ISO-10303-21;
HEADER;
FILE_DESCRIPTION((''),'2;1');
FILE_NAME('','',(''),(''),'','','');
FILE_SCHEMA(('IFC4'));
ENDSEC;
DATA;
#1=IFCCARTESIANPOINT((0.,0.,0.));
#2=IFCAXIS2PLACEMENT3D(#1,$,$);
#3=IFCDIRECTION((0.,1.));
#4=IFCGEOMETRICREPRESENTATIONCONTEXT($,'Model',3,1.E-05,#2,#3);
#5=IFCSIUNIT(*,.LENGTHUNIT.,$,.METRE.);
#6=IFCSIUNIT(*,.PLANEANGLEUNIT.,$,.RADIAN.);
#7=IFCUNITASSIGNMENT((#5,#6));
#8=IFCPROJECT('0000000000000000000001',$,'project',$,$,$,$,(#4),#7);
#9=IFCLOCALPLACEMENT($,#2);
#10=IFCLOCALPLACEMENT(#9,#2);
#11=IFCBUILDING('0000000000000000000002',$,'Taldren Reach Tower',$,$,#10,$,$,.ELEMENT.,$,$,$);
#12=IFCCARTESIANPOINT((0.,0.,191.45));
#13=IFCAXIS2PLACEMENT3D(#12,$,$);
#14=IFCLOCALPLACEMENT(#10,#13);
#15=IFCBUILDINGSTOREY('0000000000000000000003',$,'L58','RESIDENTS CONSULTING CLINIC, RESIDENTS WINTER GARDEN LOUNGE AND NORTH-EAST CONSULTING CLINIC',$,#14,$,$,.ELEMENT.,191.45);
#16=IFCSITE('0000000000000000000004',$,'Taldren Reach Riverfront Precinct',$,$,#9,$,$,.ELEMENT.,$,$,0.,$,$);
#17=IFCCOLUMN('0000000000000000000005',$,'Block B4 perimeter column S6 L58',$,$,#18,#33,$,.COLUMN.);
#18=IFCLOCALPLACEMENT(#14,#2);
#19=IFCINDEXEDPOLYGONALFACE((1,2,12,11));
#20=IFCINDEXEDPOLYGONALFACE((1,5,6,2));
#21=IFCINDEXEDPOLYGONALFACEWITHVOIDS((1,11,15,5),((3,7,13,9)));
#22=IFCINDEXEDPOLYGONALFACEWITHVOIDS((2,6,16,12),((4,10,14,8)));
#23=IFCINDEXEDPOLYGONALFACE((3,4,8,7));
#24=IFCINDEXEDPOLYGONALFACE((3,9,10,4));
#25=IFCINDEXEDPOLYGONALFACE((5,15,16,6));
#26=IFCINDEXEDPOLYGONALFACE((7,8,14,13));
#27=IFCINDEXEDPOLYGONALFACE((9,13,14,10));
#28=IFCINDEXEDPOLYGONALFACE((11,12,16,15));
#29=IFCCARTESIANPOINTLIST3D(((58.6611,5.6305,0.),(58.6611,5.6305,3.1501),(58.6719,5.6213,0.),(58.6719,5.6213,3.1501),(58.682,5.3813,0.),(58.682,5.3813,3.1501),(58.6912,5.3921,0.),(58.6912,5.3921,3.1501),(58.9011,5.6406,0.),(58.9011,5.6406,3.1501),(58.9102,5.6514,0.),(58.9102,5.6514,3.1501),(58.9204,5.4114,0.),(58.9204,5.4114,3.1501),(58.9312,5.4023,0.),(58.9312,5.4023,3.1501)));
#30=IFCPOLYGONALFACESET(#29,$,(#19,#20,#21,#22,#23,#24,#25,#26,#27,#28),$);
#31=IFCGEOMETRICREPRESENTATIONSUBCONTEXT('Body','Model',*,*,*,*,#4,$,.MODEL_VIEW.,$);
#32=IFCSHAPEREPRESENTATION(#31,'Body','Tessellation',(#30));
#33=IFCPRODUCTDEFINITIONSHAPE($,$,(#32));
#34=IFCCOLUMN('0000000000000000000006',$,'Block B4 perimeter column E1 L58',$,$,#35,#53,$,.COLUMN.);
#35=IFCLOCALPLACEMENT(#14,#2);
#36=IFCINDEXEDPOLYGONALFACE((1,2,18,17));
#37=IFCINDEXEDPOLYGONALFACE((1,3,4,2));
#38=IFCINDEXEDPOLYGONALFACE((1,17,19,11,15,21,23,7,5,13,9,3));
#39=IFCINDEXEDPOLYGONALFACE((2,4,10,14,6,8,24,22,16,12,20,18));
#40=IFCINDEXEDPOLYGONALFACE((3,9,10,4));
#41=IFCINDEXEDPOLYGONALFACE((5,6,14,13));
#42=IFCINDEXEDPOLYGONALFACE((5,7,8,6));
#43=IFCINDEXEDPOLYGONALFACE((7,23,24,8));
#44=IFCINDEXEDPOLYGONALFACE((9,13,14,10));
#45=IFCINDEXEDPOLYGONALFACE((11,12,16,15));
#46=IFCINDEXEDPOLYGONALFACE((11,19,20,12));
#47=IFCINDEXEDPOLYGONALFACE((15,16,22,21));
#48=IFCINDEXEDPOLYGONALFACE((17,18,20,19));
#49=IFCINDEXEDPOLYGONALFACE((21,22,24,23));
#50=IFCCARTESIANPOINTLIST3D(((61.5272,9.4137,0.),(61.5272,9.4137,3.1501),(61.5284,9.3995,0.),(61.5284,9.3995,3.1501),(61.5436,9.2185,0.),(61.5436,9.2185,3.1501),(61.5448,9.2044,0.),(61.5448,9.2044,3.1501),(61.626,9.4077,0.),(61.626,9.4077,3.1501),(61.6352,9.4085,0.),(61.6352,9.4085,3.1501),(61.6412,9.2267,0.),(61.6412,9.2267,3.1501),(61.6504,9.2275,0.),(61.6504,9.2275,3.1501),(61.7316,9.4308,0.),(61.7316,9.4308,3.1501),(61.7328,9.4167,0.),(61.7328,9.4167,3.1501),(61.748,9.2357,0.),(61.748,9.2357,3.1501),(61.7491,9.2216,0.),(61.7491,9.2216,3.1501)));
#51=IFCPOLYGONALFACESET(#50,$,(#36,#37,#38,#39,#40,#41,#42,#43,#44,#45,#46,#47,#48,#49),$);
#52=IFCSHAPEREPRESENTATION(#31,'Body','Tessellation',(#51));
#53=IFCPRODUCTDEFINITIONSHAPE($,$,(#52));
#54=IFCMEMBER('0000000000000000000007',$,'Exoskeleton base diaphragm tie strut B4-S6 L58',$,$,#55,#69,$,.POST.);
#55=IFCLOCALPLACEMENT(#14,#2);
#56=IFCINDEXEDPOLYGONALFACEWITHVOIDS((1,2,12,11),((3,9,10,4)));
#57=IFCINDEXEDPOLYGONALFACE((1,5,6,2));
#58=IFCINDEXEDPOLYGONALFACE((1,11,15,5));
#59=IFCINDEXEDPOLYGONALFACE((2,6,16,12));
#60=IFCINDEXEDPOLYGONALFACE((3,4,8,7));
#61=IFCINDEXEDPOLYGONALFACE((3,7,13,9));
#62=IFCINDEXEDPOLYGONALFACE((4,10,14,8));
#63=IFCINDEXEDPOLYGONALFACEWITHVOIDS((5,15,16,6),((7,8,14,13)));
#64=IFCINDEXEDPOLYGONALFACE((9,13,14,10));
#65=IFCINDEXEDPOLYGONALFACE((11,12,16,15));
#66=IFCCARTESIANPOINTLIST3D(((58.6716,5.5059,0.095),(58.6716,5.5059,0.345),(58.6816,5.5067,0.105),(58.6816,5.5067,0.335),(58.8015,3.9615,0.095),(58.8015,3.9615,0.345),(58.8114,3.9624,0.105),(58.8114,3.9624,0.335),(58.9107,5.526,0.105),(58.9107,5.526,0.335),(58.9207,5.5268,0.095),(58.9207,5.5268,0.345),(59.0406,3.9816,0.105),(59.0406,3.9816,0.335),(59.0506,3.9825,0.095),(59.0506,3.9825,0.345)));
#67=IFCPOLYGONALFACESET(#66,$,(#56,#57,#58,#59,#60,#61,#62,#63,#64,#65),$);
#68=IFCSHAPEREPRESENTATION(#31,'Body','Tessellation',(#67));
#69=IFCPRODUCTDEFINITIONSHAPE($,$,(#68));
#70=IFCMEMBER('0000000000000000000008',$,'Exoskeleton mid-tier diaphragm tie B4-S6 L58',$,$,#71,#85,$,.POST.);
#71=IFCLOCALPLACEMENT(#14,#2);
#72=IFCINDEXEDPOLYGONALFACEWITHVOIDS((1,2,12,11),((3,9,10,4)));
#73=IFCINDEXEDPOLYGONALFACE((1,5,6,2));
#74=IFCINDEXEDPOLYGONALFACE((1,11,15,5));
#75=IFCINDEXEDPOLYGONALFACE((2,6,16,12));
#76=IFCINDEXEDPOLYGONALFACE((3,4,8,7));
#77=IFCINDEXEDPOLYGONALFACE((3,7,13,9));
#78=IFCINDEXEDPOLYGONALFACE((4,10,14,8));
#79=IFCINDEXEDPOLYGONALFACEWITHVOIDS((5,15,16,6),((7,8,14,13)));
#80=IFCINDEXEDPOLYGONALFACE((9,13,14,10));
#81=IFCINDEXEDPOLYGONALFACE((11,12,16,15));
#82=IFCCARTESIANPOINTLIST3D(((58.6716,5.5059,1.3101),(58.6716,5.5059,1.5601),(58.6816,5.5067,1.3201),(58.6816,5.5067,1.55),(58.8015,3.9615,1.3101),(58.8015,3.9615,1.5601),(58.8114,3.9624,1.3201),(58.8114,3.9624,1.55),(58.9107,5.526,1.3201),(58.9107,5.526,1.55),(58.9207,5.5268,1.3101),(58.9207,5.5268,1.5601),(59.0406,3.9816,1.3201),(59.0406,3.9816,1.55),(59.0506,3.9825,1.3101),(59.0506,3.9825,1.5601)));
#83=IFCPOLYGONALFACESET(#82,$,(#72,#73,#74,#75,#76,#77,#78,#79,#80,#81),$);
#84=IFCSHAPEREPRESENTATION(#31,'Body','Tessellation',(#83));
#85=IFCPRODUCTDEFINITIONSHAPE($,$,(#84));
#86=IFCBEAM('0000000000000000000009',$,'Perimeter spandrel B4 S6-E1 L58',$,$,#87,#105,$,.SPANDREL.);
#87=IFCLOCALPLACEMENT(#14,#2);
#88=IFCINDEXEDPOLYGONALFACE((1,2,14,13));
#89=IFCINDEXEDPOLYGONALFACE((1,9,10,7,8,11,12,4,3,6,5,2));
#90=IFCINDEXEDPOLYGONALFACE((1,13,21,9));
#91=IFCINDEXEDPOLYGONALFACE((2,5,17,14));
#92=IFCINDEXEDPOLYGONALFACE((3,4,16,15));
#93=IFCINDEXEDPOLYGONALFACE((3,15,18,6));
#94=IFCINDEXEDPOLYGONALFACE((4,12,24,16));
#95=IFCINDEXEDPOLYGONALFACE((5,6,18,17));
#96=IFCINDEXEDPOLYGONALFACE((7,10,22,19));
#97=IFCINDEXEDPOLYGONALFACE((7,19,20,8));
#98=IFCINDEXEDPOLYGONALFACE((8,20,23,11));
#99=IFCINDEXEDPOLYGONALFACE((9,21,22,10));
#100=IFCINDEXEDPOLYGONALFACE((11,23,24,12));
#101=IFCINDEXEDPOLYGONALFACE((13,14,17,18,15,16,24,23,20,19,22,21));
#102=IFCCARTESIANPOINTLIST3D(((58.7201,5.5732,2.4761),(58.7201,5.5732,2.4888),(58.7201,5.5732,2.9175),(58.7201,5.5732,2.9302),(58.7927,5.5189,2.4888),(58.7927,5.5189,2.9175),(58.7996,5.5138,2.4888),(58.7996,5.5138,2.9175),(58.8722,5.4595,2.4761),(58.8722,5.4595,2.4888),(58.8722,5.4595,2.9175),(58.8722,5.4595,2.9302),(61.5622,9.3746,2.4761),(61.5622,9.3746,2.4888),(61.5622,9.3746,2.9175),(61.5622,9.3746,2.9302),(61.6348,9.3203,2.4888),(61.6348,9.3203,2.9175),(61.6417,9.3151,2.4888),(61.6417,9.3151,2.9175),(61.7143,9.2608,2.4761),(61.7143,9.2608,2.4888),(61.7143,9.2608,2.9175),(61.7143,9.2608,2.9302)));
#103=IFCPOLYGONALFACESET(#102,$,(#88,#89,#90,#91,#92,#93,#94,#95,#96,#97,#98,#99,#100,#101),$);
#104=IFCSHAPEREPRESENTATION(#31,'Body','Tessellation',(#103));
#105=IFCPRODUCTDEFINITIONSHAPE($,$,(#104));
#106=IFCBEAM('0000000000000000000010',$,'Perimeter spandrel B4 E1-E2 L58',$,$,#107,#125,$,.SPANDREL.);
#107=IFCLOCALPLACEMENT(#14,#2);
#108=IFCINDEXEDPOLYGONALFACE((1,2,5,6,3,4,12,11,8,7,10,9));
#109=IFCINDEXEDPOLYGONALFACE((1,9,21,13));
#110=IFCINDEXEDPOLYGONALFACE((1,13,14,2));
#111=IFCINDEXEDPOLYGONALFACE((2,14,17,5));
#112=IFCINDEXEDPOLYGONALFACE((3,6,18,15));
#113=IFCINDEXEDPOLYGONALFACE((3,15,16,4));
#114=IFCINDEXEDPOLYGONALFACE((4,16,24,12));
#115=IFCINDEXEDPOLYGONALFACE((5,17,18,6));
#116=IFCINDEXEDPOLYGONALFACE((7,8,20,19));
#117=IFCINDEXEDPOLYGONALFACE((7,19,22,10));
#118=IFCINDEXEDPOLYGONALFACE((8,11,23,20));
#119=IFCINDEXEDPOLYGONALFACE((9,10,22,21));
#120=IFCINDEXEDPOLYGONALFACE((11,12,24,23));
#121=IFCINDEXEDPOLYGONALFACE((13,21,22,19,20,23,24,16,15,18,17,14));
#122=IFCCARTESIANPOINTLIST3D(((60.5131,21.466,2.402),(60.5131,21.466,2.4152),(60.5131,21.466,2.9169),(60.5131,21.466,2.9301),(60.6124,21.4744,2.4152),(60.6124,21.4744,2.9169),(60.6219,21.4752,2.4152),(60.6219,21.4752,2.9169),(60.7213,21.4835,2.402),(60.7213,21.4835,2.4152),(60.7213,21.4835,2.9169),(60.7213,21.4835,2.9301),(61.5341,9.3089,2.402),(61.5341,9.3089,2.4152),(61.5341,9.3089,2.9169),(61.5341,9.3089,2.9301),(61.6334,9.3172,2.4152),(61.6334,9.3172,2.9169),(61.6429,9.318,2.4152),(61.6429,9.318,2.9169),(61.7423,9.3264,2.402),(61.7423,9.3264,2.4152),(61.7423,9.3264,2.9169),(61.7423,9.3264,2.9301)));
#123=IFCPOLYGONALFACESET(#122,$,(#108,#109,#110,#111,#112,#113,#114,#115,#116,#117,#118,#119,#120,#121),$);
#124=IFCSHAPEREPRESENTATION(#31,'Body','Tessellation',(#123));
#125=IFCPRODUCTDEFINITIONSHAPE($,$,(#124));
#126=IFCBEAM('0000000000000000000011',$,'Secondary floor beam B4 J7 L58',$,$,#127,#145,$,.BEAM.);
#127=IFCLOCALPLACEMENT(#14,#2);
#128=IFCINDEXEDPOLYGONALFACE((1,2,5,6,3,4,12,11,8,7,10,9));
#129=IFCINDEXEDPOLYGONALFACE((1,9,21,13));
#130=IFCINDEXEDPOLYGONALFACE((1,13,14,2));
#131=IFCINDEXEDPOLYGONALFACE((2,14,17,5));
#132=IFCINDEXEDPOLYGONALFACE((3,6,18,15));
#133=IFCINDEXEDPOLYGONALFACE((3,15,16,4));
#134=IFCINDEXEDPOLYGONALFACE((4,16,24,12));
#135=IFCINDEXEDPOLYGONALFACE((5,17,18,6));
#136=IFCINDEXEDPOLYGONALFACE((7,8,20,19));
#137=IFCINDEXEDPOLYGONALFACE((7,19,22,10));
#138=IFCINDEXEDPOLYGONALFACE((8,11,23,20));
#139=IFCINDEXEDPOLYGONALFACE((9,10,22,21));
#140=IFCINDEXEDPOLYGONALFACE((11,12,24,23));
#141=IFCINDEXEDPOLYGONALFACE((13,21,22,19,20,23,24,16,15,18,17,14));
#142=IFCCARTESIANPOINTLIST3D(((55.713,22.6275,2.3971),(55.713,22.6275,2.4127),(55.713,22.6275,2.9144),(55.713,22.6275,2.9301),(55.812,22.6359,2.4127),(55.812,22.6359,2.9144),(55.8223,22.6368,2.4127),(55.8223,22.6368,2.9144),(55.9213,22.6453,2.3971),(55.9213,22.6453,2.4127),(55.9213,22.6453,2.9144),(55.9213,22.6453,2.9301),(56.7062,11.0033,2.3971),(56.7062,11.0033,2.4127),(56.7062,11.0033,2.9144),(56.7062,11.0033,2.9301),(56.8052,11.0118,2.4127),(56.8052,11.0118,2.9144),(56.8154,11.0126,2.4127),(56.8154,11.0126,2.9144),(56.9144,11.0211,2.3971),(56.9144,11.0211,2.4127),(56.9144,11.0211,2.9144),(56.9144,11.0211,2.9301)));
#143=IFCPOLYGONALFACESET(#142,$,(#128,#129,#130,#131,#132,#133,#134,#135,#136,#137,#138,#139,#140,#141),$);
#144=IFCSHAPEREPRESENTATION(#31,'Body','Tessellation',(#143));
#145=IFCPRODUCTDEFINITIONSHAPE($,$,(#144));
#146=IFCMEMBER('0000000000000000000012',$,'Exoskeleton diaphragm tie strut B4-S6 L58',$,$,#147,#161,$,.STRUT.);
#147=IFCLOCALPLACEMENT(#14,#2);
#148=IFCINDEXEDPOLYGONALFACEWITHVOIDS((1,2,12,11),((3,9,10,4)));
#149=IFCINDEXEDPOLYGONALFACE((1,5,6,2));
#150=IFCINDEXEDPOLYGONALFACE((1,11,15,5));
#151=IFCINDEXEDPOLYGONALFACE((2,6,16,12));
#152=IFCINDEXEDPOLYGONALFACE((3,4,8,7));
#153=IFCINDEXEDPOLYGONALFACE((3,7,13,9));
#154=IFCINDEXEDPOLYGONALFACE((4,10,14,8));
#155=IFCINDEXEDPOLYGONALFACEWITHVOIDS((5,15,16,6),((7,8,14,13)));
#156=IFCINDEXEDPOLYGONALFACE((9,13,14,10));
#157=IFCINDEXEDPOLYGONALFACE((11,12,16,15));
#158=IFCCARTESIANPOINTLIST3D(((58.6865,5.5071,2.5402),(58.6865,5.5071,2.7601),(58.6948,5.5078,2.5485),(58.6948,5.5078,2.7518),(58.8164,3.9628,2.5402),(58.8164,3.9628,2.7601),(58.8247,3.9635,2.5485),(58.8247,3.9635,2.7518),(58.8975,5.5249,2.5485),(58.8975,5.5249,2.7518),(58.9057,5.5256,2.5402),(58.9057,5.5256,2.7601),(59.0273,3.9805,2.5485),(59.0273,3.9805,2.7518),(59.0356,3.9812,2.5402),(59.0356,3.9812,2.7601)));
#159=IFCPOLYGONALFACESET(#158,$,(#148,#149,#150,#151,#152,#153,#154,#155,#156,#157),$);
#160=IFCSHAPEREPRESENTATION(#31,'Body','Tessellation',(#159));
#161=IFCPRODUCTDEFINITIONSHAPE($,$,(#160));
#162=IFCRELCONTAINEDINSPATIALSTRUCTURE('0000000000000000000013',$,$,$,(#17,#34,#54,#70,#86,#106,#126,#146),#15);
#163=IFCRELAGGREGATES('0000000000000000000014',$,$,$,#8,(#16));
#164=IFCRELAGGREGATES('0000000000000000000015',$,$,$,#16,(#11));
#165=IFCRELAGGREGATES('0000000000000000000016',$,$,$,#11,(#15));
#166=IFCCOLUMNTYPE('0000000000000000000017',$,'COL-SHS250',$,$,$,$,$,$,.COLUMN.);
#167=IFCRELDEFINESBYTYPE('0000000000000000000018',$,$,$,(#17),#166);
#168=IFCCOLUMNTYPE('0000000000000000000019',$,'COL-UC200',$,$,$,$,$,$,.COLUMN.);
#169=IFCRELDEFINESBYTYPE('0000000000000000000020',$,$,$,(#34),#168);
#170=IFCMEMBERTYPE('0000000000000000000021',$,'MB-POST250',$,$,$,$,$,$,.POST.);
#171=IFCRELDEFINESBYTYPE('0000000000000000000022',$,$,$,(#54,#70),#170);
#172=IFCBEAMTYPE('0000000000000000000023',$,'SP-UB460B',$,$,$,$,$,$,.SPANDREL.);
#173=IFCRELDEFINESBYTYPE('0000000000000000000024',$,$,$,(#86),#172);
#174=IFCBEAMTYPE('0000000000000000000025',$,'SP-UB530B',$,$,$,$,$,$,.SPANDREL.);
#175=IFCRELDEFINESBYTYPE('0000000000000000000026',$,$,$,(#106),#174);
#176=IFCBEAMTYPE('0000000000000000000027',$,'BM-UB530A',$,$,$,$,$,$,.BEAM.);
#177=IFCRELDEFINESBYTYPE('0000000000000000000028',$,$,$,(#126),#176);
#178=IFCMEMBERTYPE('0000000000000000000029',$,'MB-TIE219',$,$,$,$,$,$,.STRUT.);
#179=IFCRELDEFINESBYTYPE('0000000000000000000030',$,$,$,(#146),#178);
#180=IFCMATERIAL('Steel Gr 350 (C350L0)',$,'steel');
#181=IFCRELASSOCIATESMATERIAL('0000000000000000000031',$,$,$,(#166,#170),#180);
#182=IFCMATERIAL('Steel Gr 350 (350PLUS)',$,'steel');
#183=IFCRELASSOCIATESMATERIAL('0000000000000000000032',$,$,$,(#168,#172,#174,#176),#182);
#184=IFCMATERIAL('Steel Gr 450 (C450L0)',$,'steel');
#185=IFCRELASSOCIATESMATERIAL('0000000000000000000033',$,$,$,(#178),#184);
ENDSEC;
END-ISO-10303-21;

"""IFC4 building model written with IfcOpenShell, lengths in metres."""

from ifc_helpers import new_model, si_unit, direction, frame, origin, origin_2d, place, context, subcontext, project, spatial, hollow_rectangle, i_section, extrude, source, transform, mapped, material, material_profile, profile_set, type_object, element, save


model = new_model("IFC4")

# Units and contexts
model_context = context("Model", 3, precision=1e-05, world=origin(), true_north=direction((0.0, 1.0)))
body_context = subcontext(model_context, "Body", "Model", "MODEL_VIEW")
ifc_project = project(units=[si_unit("LENGTHUNIT", "METRE"), si_unit("PLANEANGLEUNIT", "RADIAN")], contexts=[model_context])

# Site, building, storey
site_placement = place(None, origin())
site = spatial("IfcSite", under=ifc_project, at=site_placement, Name="Taldren Reach Riverfront Precinct", CompositionType="ELEMENT", RefElevation=0.0)
building_placement = place(site_placement, origin())
building = spatial("IfcBuilding", under=site, at=building_placement, Name="Taldren Reach Tower", CompositionType="ELEMENT")
storey_placement = place(building_placement, frame((0.0, 0.0, 191.45)))
storey = spatial("IfcBuildingStorey", under=building, at=storey_placement, Name="L58", Description="RESIDENTS CONSULTING CLINIC, RESIDENTS WINTER GARDEN LOUNGE AND NORTH-EAST CONSULTING CLINIC", CompositionType="ELEMENT", Elevation=191.45)

# Columns
ifc_material_1 = material(Name="Steel Gr 350 (C350L0)", Category="steel")
ifc_material_profile_1 = material_profile(ifc_material_1, hollow_rectangle(XDim=0.25, YDim=0.25, WallThickness=0.01, at=origin_2d()), Name="250x250x10.0SHS")
ifc_profile_set_1 = profile_set([ifc_material_profile_1], Name="Steel Gr 350 (C350L0)")
column_type_1 = type_object("IfcColumnType", Name="COL-SHS250", PredefinedType="COLUMN", material=ifc_profile_set_1)
shared_shape_1 = source(origin(), body_context, "Body", "SweptSolid", [
    extrude(hollow_rectangle(XDim=0.25, YDim=0.25, WallThickness=0.01, at=origin_2d()), origin(), (0.0, 0.0, 1.0), 3.1501),
])
column_1_placement = place(storey_placement, frame((58.7961, 5.5164, 0.0), z_axis=(0.0, 0.0, 1.0), x_axis=(0.996493, 0.083678, 0.0)))
element("IfcColumn", 1, at=column_1_placement, inside=storey, type_object=column_type_1, Name="Block B4 perimeter column S6 L58", PredefinedType="COLUMN", context=body_context, shape_type="MappedRepresentation", body=[
    mapped(shared_shape_1, transform((0.0, 0.0, 0.0), scale=1.0)),
])
ifc_material_2 = material(Name="Steel Gr 350 (350PLUS)", Category="steel")
ifc_material_profile_2 = material_profile(ifc_material_2, i_section(OverallWidth=0.2051, OverallDepth=0.21, WebThickness=0.0093, FlangeThickness=0.0142, at=origin_2d()), Name="200UC59.5")
ifc_profile_set_2 = profile_set([ifc_material_profile_2], Name="Steel Gr 350 (350PLUS)")
column_type_2 = type_object("IfcColumnType", Name="COL-UC200", PredefinedType="COLUMN", material=ifc_profile_set_2)
shared_shape_2 = source(origin(), body_context, "Body", "SweptSolid", [
    extrude(i_section(OverallWidth=0.2051, OverallDepth=0.21, WebThickness=0.0093, FlangeThickness=0.0142, at=origin_2d()), origin(), (0.0, 0.0, 1.0), 3.1501),
])
column_2_placement = place(storey_placement, frame((61.6382, 9.3176, 0.0), z_axis=(0.0, 0.0, 1.0), x_axis=(0.996493, 0.083678, 0.0)))
element("IfcColumn", 2, at=column_2_placement, inside=storey, type_object=column_type_2, Name="Block B4 perimeter column E1 L58", PredefinedType="COLUMN", context=body_context, shape_type="MappedRepresentation", body=[
    mapped(shared_shape_2, transform((0.0, 0.0, 0.0), scale=1.0)),
])

# Members
ifc_material_profile_3 = material_profile(ifc_material_1, hollow_rectangle(XDim=0.25, YDim=0.25, WallThickness=0.01, at=origin_2d()), Name="250x250x10.0SHS")
ifc_profile_set_3 = profile_set([ifc_material_profile_3], Name="Steel Gr 350 (C350L0)")
member_type_1 = type_object("IfcMemberType", Name="MB-POST250", PredefinedType="POST", material=ifc_profile_set_3)
shared_shape_3 = source(origin(), body_context, "Body", "SweptSolid", [
    extrude(hollow_rectangle(XDim=0.25, YDim=0.25, WallThickness=0.01, at=origin_2d()), origin(), (0.0, 0.0, 1.0), 1.5498),
])
for number, where, z_axis, x_axis, name in (
    (3, (58.7961, 5.5164, 0.22), (0.083802, -0.996482, 0.0), (0.996482, 0.083802, 0.0), "Exoskeleton base diaphragm tie strut B4-S6 L58"),
    (4, (58.7961, 5.5164, 1.4351), (0.083802, -0.996482, 0.0), (0.996482, 0.083802, 0.0), "Exoskeleton mid-tier diaphragm tie B4-S6 L58"),
):
    element("IfcMember", number, at=place(storey_placement, frame(where, z_axis=z_axis, x_axis=x_axis)), inside=storey, type_object=member_type_1, Name=name, PredefinedType="POST", context=body_context, shape_type="MappedRepresentation", body=[
        mapped(shared_shape_3, transform((0.0, 0.0, 0.0), scale=1.0)),
    ])

# Beams
ifc_material_profile_4 = material_profile(ifc_material_2, i_section(OverallWidth=0.1899, OverallDepth=0.4541, WebThickness=0.0085, FlangeThickness=0.0127, at=origin_2d()), Name="460UB67.1")
ifc_profile_set_4 = profile_set([ifc_material_profile_4], Name="Steel Gr 350 (350PLUS)")
beam_type_1 = type_object("IfcBeamType", Name="SP-UB460B", PredefinedType="SPANDREL", material=ifc_profile_set_4)
shared_shape_4 = source(origin(), body_context, "Body", "SweptSolid", [
    extrude(i_section(OverallWidth=0.1899, OverallDepth=0.4541, WebThickness=0.0085, FlangeThickness=0.0127, at=origin_2d()), origin(), (0.0, 0.0, 1.0), 4.7463),
])
beam_1_placement = place(storey_placement, frame((58.7961, 5.5164, 2.7031), z_axis=(0.598798, 0.8009, 0.0), x_axis=(-0.8009, 0.598798, 0.0)))
element("IfcBeam", 5, at=beam_1_placement, inside=storey, type_object=beam_type_1, Name="Perimeter spandrel B4 S6-E1 L58", PredefinedType="SPANDREL", context=body_context, shape_type="MappedRepresentation", body=[
    mapped(shared_shape_4, transform((0.0, 0.0, 0.0), scale=1.0)),
])
ifc_material_profile_5 = material_profile(ifc_material_2, i_section(OverallWidth=0.209, OverallDepth=0.5281, WebThickness=0.0095, FlangeThickness=0.0132, at=origin_2d()), Name="530UB82.0")
ifc_profile_set_5 = profile_set([ifc_material_profile_5], Name="Steel Gr 350 (350PLUS)")
beam_type_2 = type_object("IfcBeamType", Name="SP-UB530B", PredefinedType="SPANDREL", material=ifc_profile_set_5)
shared_shape_5 = source(origin(), body_context, "Body", "SweptSolid", [
    extrude(i_section(OverallWidth=0.209, OverallDepth=0.5281, WebThickness=0.0095, FlangeThickness=0.0132, at=origin_2d()), origin(), (0.0, 0.0, 1.0), 12.2),
])
beam_2_placement = place(storey_placement, frame((61.6382, 9.3176, 2.666), z_axis=(-0.083688, 0.996492, 0.0), x_axis=(-0.996492, -0.083688, 0.0)))
element("IfcBeam", 6, at=beam_2_placement, inside=storey, type_object=beam_type_2, Name="Perimeter spandrel B4 E1-E2 L58", PredefinedType="SPANDREL", context=body_context, shape_type="MappedRepresentation", body=[
    mapped(shared_shape_5, transform((0.0, 0.0, 0.0), scale=1.0)),
])
ifc_material_profile_6 = material_profile(ifc_material_2, i_section(OverallWidth=0.209, OverallDepth=0.533, WebThickness=0.0103, FlangeThickness=0.0156, at=origin_2d()), Name="530UB92.4")
ifc_profile_set_6 = profile_set([ifc_material_profile_6], Name="Steel Gr 350 (350PLUS)")
beam_type_3 = type_object("IfcBeamType", Name="BM-UB530A", PredefinedType="BEAM", material=ifc_profile_set_6)
shared_shape_6 = source(origin(), body_context, "Body", "SweptSolid", [
    extrude(i_section(OverallWidth=0.209, OverallDepth=0.533, WebThickness=0.0103, FlangeThickness=0.0156, at=origin_2d()), origin(), (0.0, 0.0, 1.0), 11.6665),
])
beam_3_placement = place(storey_placement, frame((56.8103, 11.0122, 2.6636), z_axis=(-0.085129, 0.99637, 0.0), x_axis=(-0.99637, -0.085129, 0.0)))
element("IfcBeam", 7, at=beam_3_placement, inside=storey, type_object=beam_type_3, Name="Secondary floor beam B4 J7 L58", PredefinedType="BEAM", context=body_context, shape_type="MappedRepresentation", body=[
    mapped(shared_shape_6, transform((0.0, 0.0, 0.0), scale=1.0)),
])

# Member
ifc_material_3 = material(Name="Steel Gr 450 (C450L0)", Category="steel")
ifc_material_profile_7 = material_profile(ifc_material_3, hollow_rectangle(XDim=0.22, YDim=0.22, WallThickness=0.0083, at=origin_2d()), Name="220x220x8.2SHS")
ifc_profile_set_7 = profile_set([ifc_material_profile_7], Name="Steel Gr 450 (C450L0)")
member_type_2 = type_object("IfcMemberType", Name="MB-TIE219", PredefinedType="STRUT", material=ifc_profile_set_7)
shared_shape_7 = source(origin(), body_context, "Body", "SweptSolid", [
    extrude(hollow_rectangle(XDim=0.22, YDim=0.22, WallThickness=0.0083, at=origin_2d()), origin(), (0.0, 0.0, 1.0), 1.5498),
])
member_1_placement = place(storey_placement, frame((58.7961, 5.5164, 2.6501), z_axis=(0.083802, -0.996482, 0.0), x_axis=(0.996482, 0.083802, 0.0)))
element("IfcMember", 8, at=member_1_placement, inside=storey, type_object=member_type_2, Name="Exoskeleton diaphragm tie strut B4-S6 L58", PredefinedType="STRUT", context=body_context, shape_type="MappedRepresentation", body=[
    mapped(shared_shape_7, transform((0.0, 0.0, 0.0), scale=1.0)),
])

save(model, "model.ifc")
